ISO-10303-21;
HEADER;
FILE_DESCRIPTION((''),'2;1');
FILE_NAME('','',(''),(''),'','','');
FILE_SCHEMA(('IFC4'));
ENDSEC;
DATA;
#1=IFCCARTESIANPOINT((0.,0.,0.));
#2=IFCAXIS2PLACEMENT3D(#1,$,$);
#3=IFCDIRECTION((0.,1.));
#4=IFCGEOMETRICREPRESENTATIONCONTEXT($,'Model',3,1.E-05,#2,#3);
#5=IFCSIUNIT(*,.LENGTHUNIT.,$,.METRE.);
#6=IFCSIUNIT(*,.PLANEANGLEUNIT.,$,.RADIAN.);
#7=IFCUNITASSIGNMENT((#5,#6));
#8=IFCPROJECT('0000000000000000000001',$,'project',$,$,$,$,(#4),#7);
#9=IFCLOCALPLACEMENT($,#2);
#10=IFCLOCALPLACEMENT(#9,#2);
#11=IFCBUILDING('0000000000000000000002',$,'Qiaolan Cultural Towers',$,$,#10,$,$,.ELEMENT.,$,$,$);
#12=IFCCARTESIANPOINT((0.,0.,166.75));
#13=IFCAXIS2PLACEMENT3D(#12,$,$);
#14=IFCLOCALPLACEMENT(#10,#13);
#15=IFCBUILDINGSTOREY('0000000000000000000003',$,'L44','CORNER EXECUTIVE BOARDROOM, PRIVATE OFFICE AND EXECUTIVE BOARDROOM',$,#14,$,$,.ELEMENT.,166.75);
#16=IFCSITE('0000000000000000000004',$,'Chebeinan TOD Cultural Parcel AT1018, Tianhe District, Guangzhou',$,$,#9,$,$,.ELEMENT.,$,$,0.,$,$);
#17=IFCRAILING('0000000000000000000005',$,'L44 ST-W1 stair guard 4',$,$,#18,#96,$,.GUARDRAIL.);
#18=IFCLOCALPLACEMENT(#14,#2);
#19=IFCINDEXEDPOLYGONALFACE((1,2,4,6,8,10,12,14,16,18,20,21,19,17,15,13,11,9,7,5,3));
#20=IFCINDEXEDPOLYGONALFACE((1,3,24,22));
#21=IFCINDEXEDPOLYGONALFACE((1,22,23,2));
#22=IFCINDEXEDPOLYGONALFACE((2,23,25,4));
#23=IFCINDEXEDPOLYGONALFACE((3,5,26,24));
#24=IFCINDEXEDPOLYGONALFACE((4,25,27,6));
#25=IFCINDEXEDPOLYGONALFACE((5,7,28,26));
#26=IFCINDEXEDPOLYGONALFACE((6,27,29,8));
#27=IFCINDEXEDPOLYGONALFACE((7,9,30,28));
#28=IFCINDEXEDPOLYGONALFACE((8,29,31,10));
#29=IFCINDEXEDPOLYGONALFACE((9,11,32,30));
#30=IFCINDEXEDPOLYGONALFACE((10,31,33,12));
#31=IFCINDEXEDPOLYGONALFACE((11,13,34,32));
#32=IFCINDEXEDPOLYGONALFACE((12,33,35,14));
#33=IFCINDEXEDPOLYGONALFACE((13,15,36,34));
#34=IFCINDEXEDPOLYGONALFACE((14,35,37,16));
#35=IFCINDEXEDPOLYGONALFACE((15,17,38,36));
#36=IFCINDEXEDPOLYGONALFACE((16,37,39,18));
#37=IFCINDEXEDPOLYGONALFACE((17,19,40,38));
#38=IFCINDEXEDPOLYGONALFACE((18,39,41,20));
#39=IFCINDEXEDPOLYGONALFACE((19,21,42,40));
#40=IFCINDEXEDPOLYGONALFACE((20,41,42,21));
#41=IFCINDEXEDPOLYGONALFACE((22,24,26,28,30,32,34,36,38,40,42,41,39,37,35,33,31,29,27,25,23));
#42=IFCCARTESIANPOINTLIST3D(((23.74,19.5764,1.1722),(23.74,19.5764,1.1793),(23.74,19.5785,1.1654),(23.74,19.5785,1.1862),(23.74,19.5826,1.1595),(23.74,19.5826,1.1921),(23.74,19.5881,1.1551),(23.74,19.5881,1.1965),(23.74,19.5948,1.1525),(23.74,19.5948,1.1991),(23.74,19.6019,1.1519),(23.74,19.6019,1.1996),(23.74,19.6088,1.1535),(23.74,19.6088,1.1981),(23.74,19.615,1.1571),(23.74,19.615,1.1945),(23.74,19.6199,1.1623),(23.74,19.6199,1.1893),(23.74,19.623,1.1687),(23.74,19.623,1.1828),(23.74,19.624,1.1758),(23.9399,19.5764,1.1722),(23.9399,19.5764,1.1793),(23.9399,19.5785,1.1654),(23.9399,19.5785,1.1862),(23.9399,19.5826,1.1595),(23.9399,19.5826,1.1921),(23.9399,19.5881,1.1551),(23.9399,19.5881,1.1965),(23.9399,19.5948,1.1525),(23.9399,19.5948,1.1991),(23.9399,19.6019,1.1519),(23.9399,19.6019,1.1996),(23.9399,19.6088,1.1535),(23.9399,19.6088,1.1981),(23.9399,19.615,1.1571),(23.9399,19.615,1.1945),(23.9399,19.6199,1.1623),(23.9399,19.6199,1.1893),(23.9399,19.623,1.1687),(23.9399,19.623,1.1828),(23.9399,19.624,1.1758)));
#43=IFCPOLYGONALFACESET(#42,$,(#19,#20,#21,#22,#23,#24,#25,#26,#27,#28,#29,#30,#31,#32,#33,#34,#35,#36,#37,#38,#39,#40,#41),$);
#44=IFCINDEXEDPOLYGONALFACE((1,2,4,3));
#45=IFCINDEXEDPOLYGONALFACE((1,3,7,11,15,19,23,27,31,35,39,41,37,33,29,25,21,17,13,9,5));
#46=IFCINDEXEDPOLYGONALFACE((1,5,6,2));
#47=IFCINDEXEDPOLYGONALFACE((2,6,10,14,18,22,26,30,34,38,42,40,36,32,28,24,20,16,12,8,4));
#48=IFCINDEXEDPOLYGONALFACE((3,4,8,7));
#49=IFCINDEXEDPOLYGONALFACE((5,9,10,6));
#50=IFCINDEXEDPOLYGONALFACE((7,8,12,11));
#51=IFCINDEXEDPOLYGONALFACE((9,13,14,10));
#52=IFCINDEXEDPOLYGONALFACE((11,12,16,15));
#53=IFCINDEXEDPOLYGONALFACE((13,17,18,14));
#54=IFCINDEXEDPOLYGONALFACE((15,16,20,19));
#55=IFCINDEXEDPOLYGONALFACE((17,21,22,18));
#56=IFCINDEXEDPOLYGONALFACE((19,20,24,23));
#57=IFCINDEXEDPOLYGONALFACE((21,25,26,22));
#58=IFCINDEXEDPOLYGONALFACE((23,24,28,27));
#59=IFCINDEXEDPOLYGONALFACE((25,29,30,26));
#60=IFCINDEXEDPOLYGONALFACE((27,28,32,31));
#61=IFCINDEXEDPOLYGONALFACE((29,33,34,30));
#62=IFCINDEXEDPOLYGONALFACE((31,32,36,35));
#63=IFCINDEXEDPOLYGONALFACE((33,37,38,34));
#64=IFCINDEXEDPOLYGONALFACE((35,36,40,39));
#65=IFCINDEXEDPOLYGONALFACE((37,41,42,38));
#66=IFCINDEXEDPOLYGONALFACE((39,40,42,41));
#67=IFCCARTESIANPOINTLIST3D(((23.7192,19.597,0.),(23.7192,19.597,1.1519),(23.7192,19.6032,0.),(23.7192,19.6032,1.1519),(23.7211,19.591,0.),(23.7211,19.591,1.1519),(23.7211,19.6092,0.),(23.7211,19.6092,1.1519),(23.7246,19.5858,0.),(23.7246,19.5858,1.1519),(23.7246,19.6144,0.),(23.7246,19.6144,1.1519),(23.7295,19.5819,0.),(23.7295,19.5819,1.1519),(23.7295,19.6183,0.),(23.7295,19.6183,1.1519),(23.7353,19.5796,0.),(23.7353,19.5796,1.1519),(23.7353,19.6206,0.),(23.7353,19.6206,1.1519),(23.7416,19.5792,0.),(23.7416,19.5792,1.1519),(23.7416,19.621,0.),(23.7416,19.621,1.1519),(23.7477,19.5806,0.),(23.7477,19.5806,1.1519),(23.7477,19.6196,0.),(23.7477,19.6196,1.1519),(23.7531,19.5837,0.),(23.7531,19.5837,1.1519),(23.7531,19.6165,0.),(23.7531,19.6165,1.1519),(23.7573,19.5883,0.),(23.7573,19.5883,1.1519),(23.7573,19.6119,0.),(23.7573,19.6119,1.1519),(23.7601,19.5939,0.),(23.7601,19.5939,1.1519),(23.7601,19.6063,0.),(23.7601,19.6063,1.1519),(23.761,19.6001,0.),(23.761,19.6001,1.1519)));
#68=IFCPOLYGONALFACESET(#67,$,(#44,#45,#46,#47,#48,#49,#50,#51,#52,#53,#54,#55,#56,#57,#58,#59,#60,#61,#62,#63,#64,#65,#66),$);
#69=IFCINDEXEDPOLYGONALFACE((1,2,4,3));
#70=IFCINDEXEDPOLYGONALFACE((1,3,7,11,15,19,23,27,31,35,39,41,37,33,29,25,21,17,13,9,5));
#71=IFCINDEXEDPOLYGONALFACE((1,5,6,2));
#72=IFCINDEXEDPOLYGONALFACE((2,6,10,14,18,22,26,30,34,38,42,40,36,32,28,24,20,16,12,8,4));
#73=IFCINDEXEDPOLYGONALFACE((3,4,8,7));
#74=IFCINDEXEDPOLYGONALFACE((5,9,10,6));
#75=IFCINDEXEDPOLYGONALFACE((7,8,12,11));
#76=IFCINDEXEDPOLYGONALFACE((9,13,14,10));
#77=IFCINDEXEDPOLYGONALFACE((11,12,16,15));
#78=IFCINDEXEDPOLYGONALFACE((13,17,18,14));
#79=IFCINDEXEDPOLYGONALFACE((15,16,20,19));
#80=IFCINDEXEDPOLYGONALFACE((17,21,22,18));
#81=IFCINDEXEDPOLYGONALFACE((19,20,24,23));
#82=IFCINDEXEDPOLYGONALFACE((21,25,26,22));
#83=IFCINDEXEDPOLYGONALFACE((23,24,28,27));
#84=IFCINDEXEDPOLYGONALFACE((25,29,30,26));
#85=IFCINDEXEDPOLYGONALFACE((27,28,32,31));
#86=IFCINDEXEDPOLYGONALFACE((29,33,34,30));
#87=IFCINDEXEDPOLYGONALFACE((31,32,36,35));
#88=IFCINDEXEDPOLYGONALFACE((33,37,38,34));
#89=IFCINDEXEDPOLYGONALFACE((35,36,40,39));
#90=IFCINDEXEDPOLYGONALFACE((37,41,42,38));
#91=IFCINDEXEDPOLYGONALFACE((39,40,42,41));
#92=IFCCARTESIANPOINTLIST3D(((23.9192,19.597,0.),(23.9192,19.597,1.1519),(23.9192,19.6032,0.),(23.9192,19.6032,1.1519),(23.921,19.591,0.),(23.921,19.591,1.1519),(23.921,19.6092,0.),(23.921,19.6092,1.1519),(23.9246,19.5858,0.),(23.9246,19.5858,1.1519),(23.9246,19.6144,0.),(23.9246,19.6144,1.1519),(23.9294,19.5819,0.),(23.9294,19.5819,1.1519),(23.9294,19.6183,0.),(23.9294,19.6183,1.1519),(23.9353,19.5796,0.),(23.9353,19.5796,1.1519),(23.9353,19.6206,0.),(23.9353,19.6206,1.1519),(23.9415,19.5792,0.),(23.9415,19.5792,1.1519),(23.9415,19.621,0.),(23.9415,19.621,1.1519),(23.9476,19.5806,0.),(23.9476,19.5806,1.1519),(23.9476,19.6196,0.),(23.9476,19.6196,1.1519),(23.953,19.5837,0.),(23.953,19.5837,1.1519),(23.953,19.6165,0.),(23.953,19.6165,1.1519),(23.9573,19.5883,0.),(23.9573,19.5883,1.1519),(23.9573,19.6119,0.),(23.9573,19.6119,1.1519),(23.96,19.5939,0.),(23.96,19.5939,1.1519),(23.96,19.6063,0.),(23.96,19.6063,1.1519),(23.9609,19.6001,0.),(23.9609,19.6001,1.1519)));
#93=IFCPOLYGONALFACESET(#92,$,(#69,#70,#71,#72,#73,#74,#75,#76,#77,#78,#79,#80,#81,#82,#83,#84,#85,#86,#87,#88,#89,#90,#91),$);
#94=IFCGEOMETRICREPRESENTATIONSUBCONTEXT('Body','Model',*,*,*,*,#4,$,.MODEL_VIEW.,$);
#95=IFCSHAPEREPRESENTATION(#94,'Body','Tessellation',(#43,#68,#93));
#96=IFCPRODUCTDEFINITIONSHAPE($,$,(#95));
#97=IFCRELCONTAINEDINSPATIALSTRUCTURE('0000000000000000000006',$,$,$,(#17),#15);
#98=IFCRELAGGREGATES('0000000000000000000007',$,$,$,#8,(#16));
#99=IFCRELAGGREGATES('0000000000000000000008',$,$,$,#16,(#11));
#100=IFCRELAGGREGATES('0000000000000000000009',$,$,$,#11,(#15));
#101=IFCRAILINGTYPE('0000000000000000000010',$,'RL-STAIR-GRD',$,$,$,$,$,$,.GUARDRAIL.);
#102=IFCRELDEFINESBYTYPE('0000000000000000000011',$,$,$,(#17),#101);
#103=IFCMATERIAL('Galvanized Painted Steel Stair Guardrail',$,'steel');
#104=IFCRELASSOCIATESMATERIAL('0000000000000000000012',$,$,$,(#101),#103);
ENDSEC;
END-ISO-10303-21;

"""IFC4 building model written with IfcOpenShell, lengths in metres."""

from ifc_helpers import new_model, si_unit, direction, frame, origin, origin_2d, place, context, subcontext, project, spatial, circle, extrude, material, type_object, element, save


model = new_model("IFC4")

# Units and contexts
model_context = context("Model", 3, precision=1e-05, world=origin(), true_north=direction((0.0, 1.0)))
body_context = subcontext(model_context, "Body", "Model", "MODEL_VIEW")
ifc_project = project(units=[si_unit("LENGTHUNIT", "METRE"), si_unit("PLANEANGLEUNIT", "RADIAN")], contexts=[model_context])

# Site, building, storey
site_placement = place(None, origin())
site = spatial("IfcSite", under=ifc_project, at=site_placement, Name="Chebeinan TOD Cultural Parcel AT1018, Tianhe District, Guangzhou", CompositionType="ELEMENT", RefElevation=0.0)
building_placement = place(site_placement, origin())
building = spatial("IfcBuilding", under=site, at=building_placement, Name="Qiaolan Cultural Towers", CompositionType="ELEMENT")
storey_placement = place(building_placement, frame((0.0, 0.0, 166.75)))
storey = spatial("IfcBuildingStorey", under=building, at=storey_placement, Name="L44", Description="CORNER EXECUTIVE BOARDROOM, PRIVATE OFFICE AND EXECUTIVE BOARDROOM", CompositionType="ELEMENT", Elevation=166.75)

# Railing
ifc_material_1 = material(Name="Galvanized Painted Steel Stair Guardrail", Category="steel")
railing_type_1 = type_object("IfcRailingType", Name="RL-STAIR-GRD", PredefinedType="GUARDRAIL", material=ifc_material_1)
railing_1_placement = place(storey_placement, frame((23.74, 19.6001, 0.0)))
element("IfcRailing", 1, at=railing_1_placement, inside=storey, type_object=railing_type_1, Name="L44 ST-W1 stair guard 4", PredefinedType="GUARDRAIL", context=body_context, shape_type="SweptSolid", body=[
    extrude(circle(Radius=0.0239, at=origin_2d()), frame((0.0, 0.0, 1.1758), z_axis=(1.0, 0.0, 0.0), x_axis=(0.0, 1.0, 0.0)), (0.0, 0.0, 1.0), 0.2),
    extrude(circle(Radius=0.021, at=origin_2d()), origin(), (0.0, 0.0, 1.0), 1.1519),
    extrude(circle(Radius=0.021, at=origin_2d()), frame((0.2, 0.0, 0.0)), (0.0, 0.0, 1.0), 1.1519),
])

save(model, "model.ifc")
